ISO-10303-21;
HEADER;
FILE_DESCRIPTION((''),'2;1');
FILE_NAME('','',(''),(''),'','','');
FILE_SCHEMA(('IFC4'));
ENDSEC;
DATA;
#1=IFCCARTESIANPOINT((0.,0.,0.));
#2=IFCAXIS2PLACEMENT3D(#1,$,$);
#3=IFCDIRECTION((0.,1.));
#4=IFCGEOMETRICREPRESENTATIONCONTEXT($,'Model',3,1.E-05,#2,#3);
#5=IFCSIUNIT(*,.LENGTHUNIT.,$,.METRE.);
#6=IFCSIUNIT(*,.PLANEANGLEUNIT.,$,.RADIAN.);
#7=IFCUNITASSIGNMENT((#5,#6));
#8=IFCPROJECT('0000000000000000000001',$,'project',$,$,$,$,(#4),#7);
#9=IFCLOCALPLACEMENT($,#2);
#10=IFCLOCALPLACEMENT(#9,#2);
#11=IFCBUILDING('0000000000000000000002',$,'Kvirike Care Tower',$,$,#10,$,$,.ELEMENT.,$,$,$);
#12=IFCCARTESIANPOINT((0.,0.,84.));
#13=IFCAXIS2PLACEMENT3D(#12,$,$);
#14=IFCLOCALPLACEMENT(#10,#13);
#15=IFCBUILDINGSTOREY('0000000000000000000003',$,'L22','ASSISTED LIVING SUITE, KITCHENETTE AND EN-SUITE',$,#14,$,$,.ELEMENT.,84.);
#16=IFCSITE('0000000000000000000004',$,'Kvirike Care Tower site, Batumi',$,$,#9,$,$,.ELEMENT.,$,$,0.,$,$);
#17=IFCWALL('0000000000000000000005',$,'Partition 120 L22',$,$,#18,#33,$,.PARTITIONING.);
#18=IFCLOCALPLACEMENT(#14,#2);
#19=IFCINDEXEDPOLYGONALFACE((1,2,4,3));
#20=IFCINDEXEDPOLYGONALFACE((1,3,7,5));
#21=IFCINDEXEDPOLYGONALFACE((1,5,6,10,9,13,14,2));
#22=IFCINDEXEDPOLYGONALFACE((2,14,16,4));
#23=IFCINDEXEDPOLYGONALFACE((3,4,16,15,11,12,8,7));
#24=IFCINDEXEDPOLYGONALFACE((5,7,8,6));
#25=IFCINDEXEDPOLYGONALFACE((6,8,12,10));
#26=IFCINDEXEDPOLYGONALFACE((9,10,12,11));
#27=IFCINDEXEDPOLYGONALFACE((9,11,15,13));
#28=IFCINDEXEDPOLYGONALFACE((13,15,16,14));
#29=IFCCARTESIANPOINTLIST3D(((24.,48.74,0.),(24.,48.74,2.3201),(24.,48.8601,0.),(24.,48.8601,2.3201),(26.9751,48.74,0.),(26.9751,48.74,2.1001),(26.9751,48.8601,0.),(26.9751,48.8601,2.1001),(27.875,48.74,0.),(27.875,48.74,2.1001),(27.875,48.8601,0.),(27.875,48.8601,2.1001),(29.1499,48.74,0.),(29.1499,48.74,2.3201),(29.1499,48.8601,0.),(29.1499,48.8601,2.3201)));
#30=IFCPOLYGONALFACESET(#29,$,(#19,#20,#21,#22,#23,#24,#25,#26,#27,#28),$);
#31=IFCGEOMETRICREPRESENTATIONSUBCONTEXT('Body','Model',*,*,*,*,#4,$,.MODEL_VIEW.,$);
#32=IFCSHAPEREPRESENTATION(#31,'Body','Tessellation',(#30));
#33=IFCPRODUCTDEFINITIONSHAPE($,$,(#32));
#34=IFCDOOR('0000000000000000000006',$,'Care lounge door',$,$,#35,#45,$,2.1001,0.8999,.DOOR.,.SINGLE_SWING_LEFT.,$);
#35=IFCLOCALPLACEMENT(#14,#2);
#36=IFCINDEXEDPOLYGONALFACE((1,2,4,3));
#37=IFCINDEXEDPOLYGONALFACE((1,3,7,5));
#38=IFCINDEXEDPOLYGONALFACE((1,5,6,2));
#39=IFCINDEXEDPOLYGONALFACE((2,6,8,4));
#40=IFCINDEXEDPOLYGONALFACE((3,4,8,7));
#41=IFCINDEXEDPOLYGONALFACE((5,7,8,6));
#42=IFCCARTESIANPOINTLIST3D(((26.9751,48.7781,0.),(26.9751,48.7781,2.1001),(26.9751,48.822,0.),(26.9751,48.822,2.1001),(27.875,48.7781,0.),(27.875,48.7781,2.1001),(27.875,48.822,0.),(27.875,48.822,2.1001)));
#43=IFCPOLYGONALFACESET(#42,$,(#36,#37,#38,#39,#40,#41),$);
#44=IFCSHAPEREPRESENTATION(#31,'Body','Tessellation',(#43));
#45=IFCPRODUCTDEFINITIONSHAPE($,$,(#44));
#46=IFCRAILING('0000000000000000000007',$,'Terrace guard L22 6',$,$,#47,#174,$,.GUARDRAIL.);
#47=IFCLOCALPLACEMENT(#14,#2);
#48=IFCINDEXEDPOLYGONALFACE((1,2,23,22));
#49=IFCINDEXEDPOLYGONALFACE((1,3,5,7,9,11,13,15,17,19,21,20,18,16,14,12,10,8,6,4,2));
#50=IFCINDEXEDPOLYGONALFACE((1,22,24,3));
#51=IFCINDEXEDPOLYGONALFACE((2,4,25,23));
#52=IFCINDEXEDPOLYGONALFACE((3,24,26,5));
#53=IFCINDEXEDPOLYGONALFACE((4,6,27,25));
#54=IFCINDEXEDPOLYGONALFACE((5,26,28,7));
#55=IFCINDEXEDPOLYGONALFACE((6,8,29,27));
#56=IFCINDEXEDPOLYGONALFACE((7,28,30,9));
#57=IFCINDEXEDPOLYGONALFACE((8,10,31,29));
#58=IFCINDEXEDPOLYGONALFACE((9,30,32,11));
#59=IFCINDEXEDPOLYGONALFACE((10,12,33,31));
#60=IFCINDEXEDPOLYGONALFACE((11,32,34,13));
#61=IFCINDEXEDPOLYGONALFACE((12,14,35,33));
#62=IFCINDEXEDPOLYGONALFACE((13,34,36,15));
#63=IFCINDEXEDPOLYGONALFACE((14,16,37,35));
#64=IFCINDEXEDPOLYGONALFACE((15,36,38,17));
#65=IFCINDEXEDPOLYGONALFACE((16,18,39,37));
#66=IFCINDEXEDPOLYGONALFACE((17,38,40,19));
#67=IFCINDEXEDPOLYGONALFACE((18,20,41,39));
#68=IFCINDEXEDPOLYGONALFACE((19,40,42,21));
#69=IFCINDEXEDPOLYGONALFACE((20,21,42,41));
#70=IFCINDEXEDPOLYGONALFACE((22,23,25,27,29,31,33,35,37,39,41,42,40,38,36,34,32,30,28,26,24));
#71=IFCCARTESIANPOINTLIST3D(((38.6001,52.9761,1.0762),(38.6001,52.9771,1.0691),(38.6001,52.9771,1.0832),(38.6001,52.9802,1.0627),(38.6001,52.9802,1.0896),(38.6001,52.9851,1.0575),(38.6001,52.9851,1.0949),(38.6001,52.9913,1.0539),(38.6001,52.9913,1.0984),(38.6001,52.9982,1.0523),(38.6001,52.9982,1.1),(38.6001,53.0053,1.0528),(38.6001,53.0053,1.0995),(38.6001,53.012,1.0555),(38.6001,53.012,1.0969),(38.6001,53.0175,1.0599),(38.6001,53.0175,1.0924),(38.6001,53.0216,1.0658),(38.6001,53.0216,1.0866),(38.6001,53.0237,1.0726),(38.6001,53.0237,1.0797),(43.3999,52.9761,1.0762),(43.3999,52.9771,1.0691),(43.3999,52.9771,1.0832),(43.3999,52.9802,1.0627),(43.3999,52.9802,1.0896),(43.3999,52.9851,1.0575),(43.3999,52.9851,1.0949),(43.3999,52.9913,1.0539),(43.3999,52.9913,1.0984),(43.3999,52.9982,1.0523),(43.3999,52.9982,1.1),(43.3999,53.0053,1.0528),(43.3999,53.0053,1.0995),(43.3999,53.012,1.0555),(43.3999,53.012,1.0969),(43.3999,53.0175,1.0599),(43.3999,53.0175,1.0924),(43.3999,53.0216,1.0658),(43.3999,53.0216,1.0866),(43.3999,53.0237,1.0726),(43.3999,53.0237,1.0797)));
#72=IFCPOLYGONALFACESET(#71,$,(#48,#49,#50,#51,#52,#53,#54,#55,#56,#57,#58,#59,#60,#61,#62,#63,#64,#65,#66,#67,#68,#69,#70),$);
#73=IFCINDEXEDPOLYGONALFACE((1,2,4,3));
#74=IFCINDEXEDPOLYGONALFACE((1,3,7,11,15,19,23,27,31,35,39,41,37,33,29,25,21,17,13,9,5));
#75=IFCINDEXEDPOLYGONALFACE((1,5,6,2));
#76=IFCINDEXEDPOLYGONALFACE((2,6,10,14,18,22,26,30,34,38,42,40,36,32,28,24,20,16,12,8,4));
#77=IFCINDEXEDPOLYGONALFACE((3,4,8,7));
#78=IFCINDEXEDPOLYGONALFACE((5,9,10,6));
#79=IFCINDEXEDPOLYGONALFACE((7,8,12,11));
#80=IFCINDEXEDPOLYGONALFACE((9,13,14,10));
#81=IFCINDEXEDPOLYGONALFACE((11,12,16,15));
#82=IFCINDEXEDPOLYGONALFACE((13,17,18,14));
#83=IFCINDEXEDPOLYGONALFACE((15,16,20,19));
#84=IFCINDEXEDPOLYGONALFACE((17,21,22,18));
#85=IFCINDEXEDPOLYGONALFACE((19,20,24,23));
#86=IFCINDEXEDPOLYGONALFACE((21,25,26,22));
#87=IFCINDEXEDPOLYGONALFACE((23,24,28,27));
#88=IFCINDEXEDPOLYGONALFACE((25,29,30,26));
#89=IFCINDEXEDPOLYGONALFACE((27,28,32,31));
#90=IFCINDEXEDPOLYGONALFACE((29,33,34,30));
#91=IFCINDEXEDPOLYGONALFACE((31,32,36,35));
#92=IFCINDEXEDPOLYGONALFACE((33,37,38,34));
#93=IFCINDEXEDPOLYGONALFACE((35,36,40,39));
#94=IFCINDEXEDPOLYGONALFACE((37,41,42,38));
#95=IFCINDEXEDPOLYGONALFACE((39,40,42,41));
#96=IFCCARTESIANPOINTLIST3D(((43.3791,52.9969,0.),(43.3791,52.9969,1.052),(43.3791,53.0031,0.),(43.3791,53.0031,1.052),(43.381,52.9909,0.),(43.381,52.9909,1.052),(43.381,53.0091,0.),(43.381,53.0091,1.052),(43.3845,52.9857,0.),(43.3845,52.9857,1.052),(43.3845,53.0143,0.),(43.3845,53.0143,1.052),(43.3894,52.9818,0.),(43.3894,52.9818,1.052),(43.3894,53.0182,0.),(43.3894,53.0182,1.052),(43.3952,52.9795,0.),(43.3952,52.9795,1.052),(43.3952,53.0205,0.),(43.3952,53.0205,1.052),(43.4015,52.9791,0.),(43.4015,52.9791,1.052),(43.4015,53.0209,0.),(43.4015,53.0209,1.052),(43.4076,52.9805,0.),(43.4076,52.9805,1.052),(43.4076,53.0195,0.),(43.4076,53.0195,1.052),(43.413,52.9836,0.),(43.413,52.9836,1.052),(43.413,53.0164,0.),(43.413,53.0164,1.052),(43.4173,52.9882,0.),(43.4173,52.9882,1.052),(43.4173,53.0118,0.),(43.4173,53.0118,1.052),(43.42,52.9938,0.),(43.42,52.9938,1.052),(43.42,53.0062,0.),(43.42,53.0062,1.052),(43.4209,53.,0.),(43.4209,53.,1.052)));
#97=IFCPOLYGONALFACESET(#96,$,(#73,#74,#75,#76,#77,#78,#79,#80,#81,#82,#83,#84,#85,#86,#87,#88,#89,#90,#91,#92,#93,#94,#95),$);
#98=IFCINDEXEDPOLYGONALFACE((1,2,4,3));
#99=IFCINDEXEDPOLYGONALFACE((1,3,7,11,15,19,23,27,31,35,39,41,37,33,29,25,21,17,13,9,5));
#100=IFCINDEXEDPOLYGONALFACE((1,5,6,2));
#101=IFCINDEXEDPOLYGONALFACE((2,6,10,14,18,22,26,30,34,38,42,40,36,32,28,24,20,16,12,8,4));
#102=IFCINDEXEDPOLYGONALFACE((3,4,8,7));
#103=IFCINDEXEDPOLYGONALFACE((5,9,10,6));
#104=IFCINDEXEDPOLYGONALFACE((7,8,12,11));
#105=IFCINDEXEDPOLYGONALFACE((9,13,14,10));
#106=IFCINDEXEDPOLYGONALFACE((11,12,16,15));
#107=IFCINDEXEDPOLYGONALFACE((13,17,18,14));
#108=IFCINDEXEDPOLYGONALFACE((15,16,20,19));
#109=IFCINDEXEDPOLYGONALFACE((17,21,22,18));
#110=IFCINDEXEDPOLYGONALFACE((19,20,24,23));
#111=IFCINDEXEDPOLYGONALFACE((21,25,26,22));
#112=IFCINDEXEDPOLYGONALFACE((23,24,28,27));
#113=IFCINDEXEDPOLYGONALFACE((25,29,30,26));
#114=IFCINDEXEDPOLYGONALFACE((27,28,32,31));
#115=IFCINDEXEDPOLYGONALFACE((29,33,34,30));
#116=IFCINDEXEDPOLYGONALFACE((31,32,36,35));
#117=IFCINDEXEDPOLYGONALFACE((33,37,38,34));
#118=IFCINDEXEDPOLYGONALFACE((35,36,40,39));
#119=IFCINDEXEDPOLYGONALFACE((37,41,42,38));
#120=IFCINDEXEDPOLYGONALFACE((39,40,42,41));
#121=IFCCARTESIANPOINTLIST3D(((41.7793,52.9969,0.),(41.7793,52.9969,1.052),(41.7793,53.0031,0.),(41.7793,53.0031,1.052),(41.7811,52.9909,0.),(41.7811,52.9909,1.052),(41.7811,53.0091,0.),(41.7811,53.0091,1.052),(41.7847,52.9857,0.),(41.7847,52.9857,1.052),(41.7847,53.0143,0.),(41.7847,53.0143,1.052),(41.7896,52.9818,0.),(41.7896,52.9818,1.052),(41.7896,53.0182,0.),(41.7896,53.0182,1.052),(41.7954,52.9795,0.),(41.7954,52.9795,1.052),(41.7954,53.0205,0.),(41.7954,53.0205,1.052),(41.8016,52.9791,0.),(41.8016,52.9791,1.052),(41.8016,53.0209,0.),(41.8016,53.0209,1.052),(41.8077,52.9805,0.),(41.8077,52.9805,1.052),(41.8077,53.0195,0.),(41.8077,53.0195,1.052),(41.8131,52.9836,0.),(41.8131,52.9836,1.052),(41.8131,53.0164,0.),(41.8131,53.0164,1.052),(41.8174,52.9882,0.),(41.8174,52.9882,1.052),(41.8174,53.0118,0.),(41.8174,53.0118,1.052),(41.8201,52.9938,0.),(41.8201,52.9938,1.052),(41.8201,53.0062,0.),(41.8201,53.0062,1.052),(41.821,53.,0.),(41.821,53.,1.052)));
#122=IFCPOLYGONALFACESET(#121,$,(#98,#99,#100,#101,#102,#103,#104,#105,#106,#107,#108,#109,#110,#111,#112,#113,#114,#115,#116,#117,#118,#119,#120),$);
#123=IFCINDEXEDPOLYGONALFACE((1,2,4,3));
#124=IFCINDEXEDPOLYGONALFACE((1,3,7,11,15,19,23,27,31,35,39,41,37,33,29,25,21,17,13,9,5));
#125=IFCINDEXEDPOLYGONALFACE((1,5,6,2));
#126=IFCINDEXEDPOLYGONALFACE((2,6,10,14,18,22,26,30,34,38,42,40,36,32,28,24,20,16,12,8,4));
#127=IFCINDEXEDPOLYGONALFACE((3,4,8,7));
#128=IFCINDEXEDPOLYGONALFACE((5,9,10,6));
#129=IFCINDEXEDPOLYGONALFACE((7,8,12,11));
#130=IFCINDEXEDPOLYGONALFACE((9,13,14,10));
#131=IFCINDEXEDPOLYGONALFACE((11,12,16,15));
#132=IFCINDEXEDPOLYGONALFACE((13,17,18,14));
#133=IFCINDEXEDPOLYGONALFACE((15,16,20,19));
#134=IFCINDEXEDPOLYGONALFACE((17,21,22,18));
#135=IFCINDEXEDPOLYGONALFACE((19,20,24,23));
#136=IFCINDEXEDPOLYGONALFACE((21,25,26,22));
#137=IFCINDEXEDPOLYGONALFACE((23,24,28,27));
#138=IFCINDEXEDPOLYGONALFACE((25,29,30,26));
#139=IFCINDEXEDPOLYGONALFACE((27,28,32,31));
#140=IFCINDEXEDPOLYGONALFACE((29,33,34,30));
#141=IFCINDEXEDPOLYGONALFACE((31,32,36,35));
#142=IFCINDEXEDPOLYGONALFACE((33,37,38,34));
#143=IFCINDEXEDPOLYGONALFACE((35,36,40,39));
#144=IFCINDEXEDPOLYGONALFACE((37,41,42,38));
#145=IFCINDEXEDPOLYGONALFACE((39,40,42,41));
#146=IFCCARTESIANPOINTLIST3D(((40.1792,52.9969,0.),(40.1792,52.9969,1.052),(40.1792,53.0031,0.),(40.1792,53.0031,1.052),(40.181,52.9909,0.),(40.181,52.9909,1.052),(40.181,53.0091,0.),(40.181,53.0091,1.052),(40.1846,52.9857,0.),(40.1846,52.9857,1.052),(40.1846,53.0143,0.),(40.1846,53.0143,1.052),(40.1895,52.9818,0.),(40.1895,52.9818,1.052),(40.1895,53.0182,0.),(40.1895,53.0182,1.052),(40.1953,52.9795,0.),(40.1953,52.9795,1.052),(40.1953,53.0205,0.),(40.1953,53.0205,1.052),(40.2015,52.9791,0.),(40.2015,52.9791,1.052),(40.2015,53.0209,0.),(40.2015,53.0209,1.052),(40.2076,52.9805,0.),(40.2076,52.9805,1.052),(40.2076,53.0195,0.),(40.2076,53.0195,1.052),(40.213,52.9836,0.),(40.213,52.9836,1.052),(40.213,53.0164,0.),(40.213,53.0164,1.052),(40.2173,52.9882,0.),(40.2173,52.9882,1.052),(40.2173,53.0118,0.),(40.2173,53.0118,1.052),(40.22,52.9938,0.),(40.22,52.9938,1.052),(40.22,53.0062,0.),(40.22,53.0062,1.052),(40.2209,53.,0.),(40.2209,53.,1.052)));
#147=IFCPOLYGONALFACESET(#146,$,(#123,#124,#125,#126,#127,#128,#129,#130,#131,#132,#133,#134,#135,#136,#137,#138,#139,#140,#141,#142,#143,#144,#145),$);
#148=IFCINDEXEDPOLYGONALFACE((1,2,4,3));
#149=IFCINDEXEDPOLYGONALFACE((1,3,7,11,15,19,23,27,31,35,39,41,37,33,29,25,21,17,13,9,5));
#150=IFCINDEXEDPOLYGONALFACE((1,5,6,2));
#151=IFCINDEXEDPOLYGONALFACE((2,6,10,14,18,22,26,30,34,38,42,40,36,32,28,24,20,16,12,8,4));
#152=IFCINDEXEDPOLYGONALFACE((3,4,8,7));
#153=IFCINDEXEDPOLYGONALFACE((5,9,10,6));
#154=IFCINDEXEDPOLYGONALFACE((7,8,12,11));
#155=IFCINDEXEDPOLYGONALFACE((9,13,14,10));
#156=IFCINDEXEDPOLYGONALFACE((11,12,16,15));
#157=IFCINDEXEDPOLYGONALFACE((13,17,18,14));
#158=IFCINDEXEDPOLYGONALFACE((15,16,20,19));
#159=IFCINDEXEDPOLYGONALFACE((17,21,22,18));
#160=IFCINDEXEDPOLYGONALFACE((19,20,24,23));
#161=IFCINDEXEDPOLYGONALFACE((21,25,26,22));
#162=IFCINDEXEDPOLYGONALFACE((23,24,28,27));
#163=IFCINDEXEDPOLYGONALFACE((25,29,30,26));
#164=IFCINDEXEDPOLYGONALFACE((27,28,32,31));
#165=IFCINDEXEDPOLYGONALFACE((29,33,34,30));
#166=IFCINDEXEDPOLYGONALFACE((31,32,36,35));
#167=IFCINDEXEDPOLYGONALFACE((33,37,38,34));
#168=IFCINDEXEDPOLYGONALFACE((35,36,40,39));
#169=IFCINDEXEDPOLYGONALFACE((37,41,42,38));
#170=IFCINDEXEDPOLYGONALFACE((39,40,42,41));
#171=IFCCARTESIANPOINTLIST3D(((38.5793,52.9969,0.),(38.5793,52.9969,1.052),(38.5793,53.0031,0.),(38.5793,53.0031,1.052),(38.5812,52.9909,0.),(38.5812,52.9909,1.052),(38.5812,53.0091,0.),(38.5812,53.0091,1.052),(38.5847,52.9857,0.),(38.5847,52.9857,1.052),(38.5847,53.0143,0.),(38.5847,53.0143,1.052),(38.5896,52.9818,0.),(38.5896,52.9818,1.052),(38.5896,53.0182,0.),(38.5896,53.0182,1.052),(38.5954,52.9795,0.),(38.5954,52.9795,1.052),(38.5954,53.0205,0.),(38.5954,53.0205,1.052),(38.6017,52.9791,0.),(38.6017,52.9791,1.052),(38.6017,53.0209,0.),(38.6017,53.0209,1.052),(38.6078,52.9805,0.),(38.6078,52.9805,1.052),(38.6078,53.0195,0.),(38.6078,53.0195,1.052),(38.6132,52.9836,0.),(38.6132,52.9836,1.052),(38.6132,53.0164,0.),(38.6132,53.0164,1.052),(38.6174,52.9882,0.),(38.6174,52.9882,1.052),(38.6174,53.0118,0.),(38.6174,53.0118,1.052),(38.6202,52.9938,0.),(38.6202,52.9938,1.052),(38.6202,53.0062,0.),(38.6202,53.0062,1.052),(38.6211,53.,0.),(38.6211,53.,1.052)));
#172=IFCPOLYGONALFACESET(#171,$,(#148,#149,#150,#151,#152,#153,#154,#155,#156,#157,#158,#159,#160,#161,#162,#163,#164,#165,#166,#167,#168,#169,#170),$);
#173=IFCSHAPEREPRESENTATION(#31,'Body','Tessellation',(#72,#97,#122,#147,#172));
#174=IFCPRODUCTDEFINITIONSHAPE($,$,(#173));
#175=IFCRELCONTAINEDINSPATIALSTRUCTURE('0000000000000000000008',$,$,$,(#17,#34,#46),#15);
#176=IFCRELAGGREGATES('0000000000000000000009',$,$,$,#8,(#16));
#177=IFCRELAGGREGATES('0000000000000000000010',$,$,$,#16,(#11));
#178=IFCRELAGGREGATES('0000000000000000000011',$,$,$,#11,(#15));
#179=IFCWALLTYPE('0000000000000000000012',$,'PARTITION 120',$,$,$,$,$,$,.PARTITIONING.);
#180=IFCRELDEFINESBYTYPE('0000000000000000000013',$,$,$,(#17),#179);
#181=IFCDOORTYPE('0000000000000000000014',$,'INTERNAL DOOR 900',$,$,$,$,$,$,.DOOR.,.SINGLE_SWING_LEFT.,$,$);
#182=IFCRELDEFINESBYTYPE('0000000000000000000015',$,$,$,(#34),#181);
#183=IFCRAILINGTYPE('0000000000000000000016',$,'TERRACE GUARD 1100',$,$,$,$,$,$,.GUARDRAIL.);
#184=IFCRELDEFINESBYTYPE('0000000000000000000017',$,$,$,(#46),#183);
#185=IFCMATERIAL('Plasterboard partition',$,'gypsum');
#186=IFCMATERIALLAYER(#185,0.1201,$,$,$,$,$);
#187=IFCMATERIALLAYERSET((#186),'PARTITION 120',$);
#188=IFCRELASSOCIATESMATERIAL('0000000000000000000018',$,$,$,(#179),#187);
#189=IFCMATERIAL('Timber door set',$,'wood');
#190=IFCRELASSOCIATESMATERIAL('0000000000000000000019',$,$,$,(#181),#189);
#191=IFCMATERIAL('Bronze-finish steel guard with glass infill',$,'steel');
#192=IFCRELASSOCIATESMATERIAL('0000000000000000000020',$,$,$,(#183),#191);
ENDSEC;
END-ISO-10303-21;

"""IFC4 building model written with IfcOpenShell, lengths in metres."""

from ifc_helpers import new_model, si_unit, direction, frame, frame_2d, origin, origin_2d, place, context, subcontext, project, spatial, rectangle, circle, extrude, material, layer, layer_set, type_object, element, fill, save


model = new_model("IFC4")

# Units and contexts
model_context = context("Model", 3, precision=1e-05, world=origin(), true_north=direction((0.0, 1.0)))
body_context = subcontext(model_context, "Body", "Model", "MODEL_VIEW")
ifc_project = project(units=[si_unit("LENGTHUNIT", "METRE"), si_unit("PLANEANGLEUNIT", "RADIAN")], contexts=[model_context])

# Site, building, storey
site_placement = place(None, origin())
site = spatial("IfcSite", under=ifc_project, at=site_placement, Name="Kvirike Care Tower site, Batumi", CompositionType="ELEMENT", RefElevation=0.0)
building_placement = place(site_placement, origin())
building = spatial("IfcBuilding", under=site, at=building_placement, Name="Kvirike Care Tower", CompositionType="ELEMENT")
storey_placement = place(building_placement, frame((0.0, 0.0, 84.0)))
storey = spatial("IfcBuildingStorey", under=building, at=storey_placement, Name="L22", Description="ASSISTED LIVING SUITE, KITCHENETTE AND EN-SUITE", CompositionType="ELEMENT", Elevation=84.0)

# Wall, opening, door
ifc_material_1 = material(Name="Plasterboard partition", Category="gypsum")
ifc_layer_1 = layer(ifc_material_1, 0.1201)
ifc_layer_set_1 = layer_set([ifc_layer_1], Name="PARTITION 120")
wall_type_1 = type_object("IfcWallType", Name="PARTITION 120", PredefinedType="PARTITIONING", material=ifc_layer_set_1)
wall_1_placement = place(storey_placement, frame((29.1499, 48.8, 0.0), z_axis=(0.0, 0.0, 1.0), x_axis=(-1.0, 0.0, 0.0)))
wall_1 = element("IfcWall", 1, at=wall_1_placement, inside=storey, type_object=wall_type_1, Name="Partition 120 L22", PredefinedType="PARTITIONING", context=body_context, shape_type="SweptSolid", body=[
    extrude(rectangle(XDim=5.1499, YDim=0.1201, at=frame_2d((2.575, 0.0))), origin(), (0.0, 0.0, 1.0), 2.3201),
])
opening_1_placement = place(wall_1_placement, frame((1.2749, 0.0, 0.0)))
opening_1 = element("IfcOpeningElement", 2, at=opening_1_placement, cuts=wall_1, PredefinedType="OPENING", context=body_context, shape_type="SweptSolid", body=[
    extrude(rectangle(XDim=0.8999, YDim=2.1001, at=frame_2d((0.45, 1.05))), frame((0.0, 0.0706, 0.0), z_axis=(0.0, -1.0, 0.0), x_axis=(1.0, 0.0, 0.0)), (0.0, 0.0, 1.0), 0.1411),
])
ifc_material_2 = material(Name="Timber door set", Category="wood")
door_type_1 = type_object("IfcDoorType", Name="INTERNAL DOOR 900", OperationType="SINGLE_SWING_LEFT", PredefinedType="DOOR", material=ifc_material_2)
door_1_placement = place(opening_1_placement, origin())
door_1 = element("IfcDoor", 3, at=door_1_placement, inside=storey, type_object=door_type_1, Name="Care lounge door", OperationType="SINGLE_SWING_LEFT", OverallHeight=2.1001, OverallWidth=0.8999, PredefinedType="DOOR", context=body_context, shape_type="SweptSolid", body=[
    extrude(rectangle(XDim=0.8999, YDim=2.1001, at=frame_2d((0.45, 1.05))), frame((0.0, 0.022, 0.0), z_axis=(0.0, -1.0, 0.0), x_axis=(1.0, 0.0, 0.0)), (0.0, 0.0, 1.0), 0.0439),
])
fill(opening_1, door_1)

# Railing
ifc_material_3 = material(Name="Bronze-finish steel guard with glass infill", Category="steel")
railing_type = type_object("IfcRailingType", Name="TERRACE GUARD 1100", PredefinedType="GUARDRAIL", material=ifc_material_3)
railing_1_placement = place(storey_placement, frame((43.3999, 53.0, 0.0)))
element("IfcRailing", 4, at=railing_1_placement, inside=storey, type_object=railing_type, Name="Terrace guard L22 6", PredefinedType="GUARDRAIL", context=body_context, shape_type="SweptSolid", body=[
    extrude(circle(Radius=0.0239, at=origin_2d()), frame((0.0, 0.0, 1.0762), z_axis=(-1.0, 0.0, 0.0), x_axis=(0.0, -1.0, 0.0)), (0.0, 0.0, 1.0), 4.7998),
    extrude(circle(Radius=0.021, at=origin_2d()), origin(), (0.0, 0.0, 1.0), 1.052),
    extrude(circle(Radius=0.021, at=origin_2d()), frame((-1.5999, 0.0, 0.0)), (0.0, 0.0, 1.0), 1.052),
    extrude(circle(Radius=0.021, at=origin_2d()), frame((-3.2, 0.0, 0.0)), (0.0, 0.0, 1.0), 1.052),
    extrude(circle(Radius=0.021, at=origin_2d()), frame((-4.7998, 0.0, 0.0)), (0.0, 0.0, 1.0), 1.052),
])

save(model, "model.ifc")
